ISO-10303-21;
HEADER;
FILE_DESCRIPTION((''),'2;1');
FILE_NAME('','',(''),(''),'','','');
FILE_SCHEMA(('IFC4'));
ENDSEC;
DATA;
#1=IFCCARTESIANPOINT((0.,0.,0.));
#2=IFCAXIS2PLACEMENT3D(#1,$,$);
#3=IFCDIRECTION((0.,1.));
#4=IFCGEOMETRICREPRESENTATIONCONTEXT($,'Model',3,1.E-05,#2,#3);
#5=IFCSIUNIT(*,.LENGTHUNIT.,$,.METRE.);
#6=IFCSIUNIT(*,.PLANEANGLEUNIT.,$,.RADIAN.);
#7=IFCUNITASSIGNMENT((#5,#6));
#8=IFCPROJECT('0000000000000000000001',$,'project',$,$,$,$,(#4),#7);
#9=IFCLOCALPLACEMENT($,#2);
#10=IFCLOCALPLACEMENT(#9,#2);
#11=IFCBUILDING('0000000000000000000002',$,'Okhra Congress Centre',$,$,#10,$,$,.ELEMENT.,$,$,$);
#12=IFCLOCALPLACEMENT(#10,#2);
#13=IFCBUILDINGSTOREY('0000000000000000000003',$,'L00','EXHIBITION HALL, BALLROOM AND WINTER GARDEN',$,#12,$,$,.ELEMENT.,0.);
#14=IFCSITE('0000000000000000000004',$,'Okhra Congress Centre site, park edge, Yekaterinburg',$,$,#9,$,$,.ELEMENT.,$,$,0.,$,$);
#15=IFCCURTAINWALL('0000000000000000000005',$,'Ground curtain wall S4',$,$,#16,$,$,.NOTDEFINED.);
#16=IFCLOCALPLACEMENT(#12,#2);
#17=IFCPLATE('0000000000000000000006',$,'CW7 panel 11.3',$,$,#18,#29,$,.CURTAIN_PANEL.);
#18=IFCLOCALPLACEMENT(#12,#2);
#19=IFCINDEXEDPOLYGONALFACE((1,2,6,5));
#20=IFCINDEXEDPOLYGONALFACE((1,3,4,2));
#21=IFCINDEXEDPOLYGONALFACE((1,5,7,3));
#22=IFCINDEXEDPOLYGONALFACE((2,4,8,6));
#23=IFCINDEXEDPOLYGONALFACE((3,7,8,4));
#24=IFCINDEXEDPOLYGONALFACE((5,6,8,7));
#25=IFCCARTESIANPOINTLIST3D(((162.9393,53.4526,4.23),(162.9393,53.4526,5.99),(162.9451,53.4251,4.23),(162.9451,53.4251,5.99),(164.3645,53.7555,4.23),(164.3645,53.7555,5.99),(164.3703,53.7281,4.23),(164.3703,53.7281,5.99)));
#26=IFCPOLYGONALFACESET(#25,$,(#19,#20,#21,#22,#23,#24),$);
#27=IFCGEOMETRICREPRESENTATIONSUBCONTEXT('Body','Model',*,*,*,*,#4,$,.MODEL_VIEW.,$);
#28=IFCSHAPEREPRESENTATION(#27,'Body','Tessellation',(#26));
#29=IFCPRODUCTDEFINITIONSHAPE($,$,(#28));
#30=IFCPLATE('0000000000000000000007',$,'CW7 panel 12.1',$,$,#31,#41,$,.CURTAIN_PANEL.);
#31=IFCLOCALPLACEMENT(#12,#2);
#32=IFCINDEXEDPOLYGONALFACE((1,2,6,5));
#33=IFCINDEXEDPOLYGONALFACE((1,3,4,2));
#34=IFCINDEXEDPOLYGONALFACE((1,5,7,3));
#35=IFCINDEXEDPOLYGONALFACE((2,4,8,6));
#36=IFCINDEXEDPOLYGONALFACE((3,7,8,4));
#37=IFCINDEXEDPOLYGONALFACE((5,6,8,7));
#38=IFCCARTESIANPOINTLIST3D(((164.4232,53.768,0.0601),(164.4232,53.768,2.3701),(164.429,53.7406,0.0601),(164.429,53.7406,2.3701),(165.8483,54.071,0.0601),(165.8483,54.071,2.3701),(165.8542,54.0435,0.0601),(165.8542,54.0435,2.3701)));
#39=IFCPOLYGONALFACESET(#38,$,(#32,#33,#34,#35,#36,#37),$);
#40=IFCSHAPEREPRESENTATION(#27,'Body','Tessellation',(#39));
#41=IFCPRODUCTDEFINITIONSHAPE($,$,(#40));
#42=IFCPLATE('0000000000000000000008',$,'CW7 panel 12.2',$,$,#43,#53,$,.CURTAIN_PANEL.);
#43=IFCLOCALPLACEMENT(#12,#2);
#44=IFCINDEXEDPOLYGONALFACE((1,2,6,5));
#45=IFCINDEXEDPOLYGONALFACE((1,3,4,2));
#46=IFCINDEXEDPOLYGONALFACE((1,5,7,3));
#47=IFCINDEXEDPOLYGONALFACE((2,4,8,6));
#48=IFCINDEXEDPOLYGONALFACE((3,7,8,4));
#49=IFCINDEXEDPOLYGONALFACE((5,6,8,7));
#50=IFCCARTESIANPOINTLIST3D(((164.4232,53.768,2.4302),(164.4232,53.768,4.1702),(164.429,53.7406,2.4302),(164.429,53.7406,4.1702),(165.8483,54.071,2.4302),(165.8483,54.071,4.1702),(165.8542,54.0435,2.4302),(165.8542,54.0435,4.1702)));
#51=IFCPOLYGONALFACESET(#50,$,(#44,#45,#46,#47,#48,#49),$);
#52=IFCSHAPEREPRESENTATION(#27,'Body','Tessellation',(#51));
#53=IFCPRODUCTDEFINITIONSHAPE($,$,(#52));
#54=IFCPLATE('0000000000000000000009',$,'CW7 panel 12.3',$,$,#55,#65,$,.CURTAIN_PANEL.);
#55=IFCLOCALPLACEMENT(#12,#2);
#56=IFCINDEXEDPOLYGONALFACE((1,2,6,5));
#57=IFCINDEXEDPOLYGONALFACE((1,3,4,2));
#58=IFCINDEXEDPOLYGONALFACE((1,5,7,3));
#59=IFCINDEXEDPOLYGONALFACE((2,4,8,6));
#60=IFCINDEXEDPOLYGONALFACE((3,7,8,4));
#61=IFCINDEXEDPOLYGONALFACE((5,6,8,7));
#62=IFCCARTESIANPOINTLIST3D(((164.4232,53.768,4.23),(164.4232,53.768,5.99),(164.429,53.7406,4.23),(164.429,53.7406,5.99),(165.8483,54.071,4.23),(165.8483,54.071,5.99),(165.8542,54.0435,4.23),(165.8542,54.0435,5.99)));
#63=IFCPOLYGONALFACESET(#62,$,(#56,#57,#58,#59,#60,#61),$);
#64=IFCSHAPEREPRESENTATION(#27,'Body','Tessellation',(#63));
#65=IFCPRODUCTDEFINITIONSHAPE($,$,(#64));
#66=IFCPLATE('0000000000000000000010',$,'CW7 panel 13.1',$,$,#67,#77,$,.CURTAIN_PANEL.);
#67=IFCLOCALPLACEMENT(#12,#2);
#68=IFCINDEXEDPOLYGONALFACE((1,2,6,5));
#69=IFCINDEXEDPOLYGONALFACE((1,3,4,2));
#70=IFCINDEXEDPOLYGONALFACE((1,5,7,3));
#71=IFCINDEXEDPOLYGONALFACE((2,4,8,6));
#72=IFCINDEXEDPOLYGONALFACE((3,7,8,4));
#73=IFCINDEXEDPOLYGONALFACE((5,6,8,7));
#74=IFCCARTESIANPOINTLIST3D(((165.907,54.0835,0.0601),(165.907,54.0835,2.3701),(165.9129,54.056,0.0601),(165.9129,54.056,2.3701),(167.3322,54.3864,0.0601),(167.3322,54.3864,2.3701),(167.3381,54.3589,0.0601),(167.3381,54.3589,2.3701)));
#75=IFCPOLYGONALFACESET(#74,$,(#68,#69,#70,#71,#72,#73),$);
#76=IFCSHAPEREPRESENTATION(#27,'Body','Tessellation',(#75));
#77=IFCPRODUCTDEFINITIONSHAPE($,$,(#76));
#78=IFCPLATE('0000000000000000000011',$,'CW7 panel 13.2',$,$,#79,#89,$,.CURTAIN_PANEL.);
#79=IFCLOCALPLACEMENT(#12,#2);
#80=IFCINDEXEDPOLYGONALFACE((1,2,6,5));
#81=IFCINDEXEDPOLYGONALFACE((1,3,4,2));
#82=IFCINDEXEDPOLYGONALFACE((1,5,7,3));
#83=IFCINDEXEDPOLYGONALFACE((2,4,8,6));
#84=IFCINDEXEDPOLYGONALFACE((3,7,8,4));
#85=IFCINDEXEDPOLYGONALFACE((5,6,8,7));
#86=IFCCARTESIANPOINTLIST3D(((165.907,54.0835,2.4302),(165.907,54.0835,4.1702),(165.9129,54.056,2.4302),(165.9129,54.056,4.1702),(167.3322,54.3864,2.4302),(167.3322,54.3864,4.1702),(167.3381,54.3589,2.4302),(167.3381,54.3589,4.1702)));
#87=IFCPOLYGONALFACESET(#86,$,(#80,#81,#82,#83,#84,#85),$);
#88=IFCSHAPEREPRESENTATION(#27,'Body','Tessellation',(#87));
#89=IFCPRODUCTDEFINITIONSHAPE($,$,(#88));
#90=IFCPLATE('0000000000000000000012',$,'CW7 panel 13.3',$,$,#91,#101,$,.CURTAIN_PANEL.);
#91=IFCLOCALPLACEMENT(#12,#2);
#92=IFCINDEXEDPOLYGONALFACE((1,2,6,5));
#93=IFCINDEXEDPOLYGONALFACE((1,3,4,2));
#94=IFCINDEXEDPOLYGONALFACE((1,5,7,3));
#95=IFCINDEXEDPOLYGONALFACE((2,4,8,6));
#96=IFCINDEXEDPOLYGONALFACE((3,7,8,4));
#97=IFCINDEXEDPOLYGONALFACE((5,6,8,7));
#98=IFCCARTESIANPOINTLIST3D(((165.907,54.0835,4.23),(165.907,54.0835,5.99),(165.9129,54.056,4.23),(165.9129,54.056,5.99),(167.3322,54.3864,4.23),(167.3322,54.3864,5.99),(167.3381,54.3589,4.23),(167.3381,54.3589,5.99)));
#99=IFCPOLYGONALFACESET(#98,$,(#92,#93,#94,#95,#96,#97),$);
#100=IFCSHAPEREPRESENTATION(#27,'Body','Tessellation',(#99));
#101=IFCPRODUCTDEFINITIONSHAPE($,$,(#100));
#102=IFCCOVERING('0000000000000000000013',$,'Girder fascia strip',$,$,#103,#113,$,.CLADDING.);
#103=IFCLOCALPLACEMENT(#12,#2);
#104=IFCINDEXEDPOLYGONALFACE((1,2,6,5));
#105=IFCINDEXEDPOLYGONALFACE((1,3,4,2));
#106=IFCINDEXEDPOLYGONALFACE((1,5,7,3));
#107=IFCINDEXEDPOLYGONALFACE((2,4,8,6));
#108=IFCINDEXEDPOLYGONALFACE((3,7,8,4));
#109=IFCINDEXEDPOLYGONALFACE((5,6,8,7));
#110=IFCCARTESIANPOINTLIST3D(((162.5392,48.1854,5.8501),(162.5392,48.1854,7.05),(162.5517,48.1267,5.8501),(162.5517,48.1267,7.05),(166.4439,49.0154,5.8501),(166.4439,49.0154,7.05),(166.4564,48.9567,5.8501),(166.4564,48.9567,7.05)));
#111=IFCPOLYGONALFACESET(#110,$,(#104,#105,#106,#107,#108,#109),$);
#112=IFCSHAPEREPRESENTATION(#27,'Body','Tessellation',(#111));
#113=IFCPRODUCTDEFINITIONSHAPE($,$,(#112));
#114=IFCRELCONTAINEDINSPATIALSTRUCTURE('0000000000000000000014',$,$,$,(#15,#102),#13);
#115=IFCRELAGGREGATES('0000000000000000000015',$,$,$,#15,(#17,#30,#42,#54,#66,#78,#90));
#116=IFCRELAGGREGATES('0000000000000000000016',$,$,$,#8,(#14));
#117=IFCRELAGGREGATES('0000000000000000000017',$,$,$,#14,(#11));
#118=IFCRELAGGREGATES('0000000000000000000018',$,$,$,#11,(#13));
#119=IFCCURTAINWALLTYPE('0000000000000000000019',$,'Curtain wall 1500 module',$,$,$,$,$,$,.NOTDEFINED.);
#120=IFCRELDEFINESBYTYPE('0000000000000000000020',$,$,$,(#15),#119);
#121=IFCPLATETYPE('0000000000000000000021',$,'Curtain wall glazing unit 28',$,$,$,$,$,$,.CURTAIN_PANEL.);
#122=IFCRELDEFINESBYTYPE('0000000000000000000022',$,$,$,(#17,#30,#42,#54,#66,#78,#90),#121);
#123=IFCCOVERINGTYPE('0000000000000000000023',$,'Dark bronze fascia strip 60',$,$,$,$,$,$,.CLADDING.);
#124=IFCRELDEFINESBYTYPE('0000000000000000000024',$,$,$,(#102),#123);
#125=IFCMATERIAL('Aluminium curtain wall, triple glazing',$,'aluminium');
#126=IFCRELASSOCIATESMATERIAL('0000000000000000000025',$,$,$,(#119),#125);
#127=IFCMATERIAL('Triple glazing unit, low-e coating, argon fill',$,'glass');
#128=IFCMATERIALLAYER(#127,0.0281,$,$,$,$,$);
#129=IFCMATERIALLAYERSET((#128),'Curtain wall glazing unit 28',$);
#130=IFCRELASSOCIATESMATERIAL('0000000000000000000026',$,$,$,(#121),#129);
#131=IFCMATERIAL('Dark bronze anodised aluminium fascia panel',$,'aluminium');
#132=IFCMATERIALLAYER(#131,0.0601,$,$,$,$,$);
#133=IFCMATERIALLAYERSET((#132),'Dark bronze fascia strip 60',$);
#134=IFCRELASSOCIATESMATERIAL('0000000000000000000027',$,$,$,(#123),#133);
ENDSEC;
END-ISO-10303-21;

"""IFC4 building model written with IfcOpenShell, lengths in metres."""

from ifc_helpers import new_model, si_unit, direction, frame, origin, origin_2d, place, context, subcontext, project, spatial, rectangle, extrude, material, layer, layer_set, type_object, element, aggregate, save


model = new_model("IFC4")

# Units and contexts
model_context = context("Model", 3, precision=1e-05, world=origin(), true_north=direction((0.0, 1.0)))
body_context = subcontext(model_context, "Body", "Model", "MODEL_VIEW")
ifc_project = project(units=[si_unit("LENGTHUNIT", "METRE"), si_unit("PLANEANGLEUNIT", "RADIAN")], contexts=[model_context])

# Site, building, storey
site_placement = place(None, origin())
site = spatial("IfcSite", under=ifc_project, at=site_placement, Name="Okhra Congress Centre site, park edge, Yekaterinburg", CompositionType="ELEMENT", RefElevation=0.0)
building_placement = place(site_placement, origin())
building = spatial("IfcBuilding", under=site, at=building_placement, Name="Okhra Congress Centre", CompositionType="ELEMENT")
storey_placement = place(building_placement, origin())
storey = spatial("IfcBuildingStorey", under=building, at=storey_placement, Name="L00", Description="EXHIBITION HALL, BALLROOM AND WINTER GARDEN", CompositionType="ELEMENT", Elevation=0.0)

# Curtain wall
ifc_material_1 = material(Name="Aluminium curtain wall, triple glazing", Category="aluminium")
curtain_wall_type = type_object("IfcCurtainWallType", Name="Curtain wall 1500 module", PredefinedType="NOTDEFINED", material=ifc_material_1)
curtain_wall_placement = place(storey_placement, origin())
curtain_wall = element("IfcCurtainWall", 1, at=curtain_wall_placement, inside=storey, type_object=curtain_wall_type, Name="Ground curtain wall S4", PredefinedType="NOTDEFINED")

# Plates
ifc_material_2 = material(Name="Triple glazing unit, low-e coating, argon fill", Category="glass")
ifc_layer_1 = layer(ifc_material_2, 0.0281)
ifc_layer_set_1 = layer_set([ifc_layer_1], Name="Curtain wall glazing unit 28")
plate_type = type_object("IfcPlateType", Name="Curtain wall glazing unit 28", PredefinedType="CURTAIN_PANEL", material=ifc_layer_set_1)
plate_1_placement = place(storey_placement, frame((163.6548, 53.5903, 4.23), z_axis=(0.0, 0.0, 1.0), x_axis=(0.978148, 0.207912, 0.0)))
plate_1 = element("IfcPlate", 2, at=plate_1_placement, type_object=plate_type, Name="CW7 panel 11.3", PredefinedType="CURTAIN_PANEL", context=body_context, shape_type="SweptSolid", body=[
    extrude(rectangle(XDim=1.457, YDim=0.0281, at=origin_2d()), origin(), (0.0, 0.0, 1.0), 1.76),
])
plate_2_placement = place(storey_placement, frame((165.1387, 53.9058, 0.0601), z_axis=(0.0, 0.0, 1.0), x_axis=(0.978148, 0.207912, 0.0)))
plate_2 = element("IfcPlate", 3, at=plate_2_placement, type_object=plate_type, Name="CW7 panel 12.1", PredefinedType="CURTAIN_PANEL", context=body_context, shape_type="SweptSolid", body=[
    extrude(rectangle(XDim=1.457, YDim=0.0281, at=origin_2d()), origin(), (0.0, 0.0, 1.0), 2.3101),
])
plate_3_placement = place(storey_placement, frame((165.1387, 53.9058, 2.4302), z_axis=(0.0, 0.0, 1.0), x_axis=(0.978148, 0.207912, 0.0)))
plate_3 = element("IfcPlate", 4, at=plate_3_placement, type_object=plate_type, Name="CW7 panel 12.2", PredefinedType="CURTAIN_PANEL", context=body_context, shape_type="SweptSolid", body=[
    extrude(rectangle(XDim=1.457, YDim=0.0281, at=origin_2d()), origin(), (0.0, 0.0, 1.0), 1.74),
])
plate_4_placement = place(storey_placement, frame((165.1387, 53.9058, 4.23), z_axis=(0.0, 0.0, 1.0), x_axis=(0.978148, 0.207912, 0.0)))
plate_4 = element("IfcPlate", 5, at=plate_4_placement, type_object=plate_type, Name="CW7 panel 12.3", PredefinedType="CURTAIN_PANEL", context=body_context, shape_type="SweptSolid", body=[
    extrude(rectangle(XDim=1.457, YDim=0.0281, at=origin_2d()), origin(), (0.0, 0.0, 1.0), 1.76),
])
plate_5_placement = place(storey_placement, frame((166.6226, 54.2212, 0.0601), z_axis=(0.0, 0.0, 1.0), x_axis=(0.978148, 0.207912, 0.0)))
plate_5 = element("IfcPlate", 6, at=plate_5_placement, type_object=plate_type, Name="CW7 panel 13.1", PredefinedType="CURTAIN_PANEL", context=body_context, shape_type="SweptSolid", body=[
    extrude(rectangle(XDim=1.457, YDim=0.0281, at=origin_2d()), origin(), (0.0, 0.0, 1.0), 2.3101),
])
plate_6_placement = place(storey_placement, frame((166.6226, 54.2212, 2.4302), z_axis=(0.0, 0.0, 1.0), x_axis=(0.978148, 0.207912, 0.0)))
plate_6 = element("IfcPlate", 7, at=plate_6_placement, type_object=plate_type, Name="CW7 panel 13.2", PredefinedType="CURTAIN_PANEL", context=body_context, shape_type="SweptSolid", body=[
    extrude(rectangle(XDim=1.457, YDim=0.0281, at=origin_2d()), origin(), (0.0, 0.0, 1.0), 1.74),
])
plate_7_placement = place(storey_placement, frame((166.6226, 54.2212, 4.23), z_axis=(0.0, 0.0, 1.0), x_axis=(0.978148, 0.207912, 0.0)))
plate_7 = element("IfcPlate", 8, at=plate_7_placement, type_object=plate_type, Name="CW7 panel 13.3", PredefinedType="CURTAIN_PANEL", context=body_context, shape_type="SweptSolid", body=[
    extrude(rectangle(XDim=1.457, YDim=0.0281, at=origin_2d()), origin(), (0.0, 0.0, 1.0), 1.76),
])
aggregate(curtain_wall, [plate_1, plate_2, plate_3, plate_4, plate_5, plate_6, plate_7])

# Covering
ifc_material_3 = material(Name="Dark bronze anodised aluminium fascia panel", Category="aluminium")
ifc_layer_2 = layer(ifc_material_3, 0.0601)
ifc_layer_set_2 = layer_set([ifc_layer_2], Name="Dark bronze fascia strip 60")
covering_type = type_object("IfcCoveringType", Name="Dark bronze fascia strip 60", PredefinedType="CLADDING", material=ifc_layer_set_2)
covering_placement = place(storey_placement, frame((164.4978, 48.571, 5.8501), z_axis=(0.0, 0.0, 1.0), x_axis=(0.978148, 0.207912, 0.0)))
element("IfcCovering", 9, at=covering_placement, inside=storey, type_object=covering_type, Name="Girder fascia strip", PredefinedType="CLADDING", context=body_context, shape_type="SweptSolid", body=[
    extrude(rectangle(XDim=3.9919, YDim=0.0601, at=origin_2d()), origin(), (0.0, 0.0, 1.0), 1.2),
])

save(model, "model.ifc")
